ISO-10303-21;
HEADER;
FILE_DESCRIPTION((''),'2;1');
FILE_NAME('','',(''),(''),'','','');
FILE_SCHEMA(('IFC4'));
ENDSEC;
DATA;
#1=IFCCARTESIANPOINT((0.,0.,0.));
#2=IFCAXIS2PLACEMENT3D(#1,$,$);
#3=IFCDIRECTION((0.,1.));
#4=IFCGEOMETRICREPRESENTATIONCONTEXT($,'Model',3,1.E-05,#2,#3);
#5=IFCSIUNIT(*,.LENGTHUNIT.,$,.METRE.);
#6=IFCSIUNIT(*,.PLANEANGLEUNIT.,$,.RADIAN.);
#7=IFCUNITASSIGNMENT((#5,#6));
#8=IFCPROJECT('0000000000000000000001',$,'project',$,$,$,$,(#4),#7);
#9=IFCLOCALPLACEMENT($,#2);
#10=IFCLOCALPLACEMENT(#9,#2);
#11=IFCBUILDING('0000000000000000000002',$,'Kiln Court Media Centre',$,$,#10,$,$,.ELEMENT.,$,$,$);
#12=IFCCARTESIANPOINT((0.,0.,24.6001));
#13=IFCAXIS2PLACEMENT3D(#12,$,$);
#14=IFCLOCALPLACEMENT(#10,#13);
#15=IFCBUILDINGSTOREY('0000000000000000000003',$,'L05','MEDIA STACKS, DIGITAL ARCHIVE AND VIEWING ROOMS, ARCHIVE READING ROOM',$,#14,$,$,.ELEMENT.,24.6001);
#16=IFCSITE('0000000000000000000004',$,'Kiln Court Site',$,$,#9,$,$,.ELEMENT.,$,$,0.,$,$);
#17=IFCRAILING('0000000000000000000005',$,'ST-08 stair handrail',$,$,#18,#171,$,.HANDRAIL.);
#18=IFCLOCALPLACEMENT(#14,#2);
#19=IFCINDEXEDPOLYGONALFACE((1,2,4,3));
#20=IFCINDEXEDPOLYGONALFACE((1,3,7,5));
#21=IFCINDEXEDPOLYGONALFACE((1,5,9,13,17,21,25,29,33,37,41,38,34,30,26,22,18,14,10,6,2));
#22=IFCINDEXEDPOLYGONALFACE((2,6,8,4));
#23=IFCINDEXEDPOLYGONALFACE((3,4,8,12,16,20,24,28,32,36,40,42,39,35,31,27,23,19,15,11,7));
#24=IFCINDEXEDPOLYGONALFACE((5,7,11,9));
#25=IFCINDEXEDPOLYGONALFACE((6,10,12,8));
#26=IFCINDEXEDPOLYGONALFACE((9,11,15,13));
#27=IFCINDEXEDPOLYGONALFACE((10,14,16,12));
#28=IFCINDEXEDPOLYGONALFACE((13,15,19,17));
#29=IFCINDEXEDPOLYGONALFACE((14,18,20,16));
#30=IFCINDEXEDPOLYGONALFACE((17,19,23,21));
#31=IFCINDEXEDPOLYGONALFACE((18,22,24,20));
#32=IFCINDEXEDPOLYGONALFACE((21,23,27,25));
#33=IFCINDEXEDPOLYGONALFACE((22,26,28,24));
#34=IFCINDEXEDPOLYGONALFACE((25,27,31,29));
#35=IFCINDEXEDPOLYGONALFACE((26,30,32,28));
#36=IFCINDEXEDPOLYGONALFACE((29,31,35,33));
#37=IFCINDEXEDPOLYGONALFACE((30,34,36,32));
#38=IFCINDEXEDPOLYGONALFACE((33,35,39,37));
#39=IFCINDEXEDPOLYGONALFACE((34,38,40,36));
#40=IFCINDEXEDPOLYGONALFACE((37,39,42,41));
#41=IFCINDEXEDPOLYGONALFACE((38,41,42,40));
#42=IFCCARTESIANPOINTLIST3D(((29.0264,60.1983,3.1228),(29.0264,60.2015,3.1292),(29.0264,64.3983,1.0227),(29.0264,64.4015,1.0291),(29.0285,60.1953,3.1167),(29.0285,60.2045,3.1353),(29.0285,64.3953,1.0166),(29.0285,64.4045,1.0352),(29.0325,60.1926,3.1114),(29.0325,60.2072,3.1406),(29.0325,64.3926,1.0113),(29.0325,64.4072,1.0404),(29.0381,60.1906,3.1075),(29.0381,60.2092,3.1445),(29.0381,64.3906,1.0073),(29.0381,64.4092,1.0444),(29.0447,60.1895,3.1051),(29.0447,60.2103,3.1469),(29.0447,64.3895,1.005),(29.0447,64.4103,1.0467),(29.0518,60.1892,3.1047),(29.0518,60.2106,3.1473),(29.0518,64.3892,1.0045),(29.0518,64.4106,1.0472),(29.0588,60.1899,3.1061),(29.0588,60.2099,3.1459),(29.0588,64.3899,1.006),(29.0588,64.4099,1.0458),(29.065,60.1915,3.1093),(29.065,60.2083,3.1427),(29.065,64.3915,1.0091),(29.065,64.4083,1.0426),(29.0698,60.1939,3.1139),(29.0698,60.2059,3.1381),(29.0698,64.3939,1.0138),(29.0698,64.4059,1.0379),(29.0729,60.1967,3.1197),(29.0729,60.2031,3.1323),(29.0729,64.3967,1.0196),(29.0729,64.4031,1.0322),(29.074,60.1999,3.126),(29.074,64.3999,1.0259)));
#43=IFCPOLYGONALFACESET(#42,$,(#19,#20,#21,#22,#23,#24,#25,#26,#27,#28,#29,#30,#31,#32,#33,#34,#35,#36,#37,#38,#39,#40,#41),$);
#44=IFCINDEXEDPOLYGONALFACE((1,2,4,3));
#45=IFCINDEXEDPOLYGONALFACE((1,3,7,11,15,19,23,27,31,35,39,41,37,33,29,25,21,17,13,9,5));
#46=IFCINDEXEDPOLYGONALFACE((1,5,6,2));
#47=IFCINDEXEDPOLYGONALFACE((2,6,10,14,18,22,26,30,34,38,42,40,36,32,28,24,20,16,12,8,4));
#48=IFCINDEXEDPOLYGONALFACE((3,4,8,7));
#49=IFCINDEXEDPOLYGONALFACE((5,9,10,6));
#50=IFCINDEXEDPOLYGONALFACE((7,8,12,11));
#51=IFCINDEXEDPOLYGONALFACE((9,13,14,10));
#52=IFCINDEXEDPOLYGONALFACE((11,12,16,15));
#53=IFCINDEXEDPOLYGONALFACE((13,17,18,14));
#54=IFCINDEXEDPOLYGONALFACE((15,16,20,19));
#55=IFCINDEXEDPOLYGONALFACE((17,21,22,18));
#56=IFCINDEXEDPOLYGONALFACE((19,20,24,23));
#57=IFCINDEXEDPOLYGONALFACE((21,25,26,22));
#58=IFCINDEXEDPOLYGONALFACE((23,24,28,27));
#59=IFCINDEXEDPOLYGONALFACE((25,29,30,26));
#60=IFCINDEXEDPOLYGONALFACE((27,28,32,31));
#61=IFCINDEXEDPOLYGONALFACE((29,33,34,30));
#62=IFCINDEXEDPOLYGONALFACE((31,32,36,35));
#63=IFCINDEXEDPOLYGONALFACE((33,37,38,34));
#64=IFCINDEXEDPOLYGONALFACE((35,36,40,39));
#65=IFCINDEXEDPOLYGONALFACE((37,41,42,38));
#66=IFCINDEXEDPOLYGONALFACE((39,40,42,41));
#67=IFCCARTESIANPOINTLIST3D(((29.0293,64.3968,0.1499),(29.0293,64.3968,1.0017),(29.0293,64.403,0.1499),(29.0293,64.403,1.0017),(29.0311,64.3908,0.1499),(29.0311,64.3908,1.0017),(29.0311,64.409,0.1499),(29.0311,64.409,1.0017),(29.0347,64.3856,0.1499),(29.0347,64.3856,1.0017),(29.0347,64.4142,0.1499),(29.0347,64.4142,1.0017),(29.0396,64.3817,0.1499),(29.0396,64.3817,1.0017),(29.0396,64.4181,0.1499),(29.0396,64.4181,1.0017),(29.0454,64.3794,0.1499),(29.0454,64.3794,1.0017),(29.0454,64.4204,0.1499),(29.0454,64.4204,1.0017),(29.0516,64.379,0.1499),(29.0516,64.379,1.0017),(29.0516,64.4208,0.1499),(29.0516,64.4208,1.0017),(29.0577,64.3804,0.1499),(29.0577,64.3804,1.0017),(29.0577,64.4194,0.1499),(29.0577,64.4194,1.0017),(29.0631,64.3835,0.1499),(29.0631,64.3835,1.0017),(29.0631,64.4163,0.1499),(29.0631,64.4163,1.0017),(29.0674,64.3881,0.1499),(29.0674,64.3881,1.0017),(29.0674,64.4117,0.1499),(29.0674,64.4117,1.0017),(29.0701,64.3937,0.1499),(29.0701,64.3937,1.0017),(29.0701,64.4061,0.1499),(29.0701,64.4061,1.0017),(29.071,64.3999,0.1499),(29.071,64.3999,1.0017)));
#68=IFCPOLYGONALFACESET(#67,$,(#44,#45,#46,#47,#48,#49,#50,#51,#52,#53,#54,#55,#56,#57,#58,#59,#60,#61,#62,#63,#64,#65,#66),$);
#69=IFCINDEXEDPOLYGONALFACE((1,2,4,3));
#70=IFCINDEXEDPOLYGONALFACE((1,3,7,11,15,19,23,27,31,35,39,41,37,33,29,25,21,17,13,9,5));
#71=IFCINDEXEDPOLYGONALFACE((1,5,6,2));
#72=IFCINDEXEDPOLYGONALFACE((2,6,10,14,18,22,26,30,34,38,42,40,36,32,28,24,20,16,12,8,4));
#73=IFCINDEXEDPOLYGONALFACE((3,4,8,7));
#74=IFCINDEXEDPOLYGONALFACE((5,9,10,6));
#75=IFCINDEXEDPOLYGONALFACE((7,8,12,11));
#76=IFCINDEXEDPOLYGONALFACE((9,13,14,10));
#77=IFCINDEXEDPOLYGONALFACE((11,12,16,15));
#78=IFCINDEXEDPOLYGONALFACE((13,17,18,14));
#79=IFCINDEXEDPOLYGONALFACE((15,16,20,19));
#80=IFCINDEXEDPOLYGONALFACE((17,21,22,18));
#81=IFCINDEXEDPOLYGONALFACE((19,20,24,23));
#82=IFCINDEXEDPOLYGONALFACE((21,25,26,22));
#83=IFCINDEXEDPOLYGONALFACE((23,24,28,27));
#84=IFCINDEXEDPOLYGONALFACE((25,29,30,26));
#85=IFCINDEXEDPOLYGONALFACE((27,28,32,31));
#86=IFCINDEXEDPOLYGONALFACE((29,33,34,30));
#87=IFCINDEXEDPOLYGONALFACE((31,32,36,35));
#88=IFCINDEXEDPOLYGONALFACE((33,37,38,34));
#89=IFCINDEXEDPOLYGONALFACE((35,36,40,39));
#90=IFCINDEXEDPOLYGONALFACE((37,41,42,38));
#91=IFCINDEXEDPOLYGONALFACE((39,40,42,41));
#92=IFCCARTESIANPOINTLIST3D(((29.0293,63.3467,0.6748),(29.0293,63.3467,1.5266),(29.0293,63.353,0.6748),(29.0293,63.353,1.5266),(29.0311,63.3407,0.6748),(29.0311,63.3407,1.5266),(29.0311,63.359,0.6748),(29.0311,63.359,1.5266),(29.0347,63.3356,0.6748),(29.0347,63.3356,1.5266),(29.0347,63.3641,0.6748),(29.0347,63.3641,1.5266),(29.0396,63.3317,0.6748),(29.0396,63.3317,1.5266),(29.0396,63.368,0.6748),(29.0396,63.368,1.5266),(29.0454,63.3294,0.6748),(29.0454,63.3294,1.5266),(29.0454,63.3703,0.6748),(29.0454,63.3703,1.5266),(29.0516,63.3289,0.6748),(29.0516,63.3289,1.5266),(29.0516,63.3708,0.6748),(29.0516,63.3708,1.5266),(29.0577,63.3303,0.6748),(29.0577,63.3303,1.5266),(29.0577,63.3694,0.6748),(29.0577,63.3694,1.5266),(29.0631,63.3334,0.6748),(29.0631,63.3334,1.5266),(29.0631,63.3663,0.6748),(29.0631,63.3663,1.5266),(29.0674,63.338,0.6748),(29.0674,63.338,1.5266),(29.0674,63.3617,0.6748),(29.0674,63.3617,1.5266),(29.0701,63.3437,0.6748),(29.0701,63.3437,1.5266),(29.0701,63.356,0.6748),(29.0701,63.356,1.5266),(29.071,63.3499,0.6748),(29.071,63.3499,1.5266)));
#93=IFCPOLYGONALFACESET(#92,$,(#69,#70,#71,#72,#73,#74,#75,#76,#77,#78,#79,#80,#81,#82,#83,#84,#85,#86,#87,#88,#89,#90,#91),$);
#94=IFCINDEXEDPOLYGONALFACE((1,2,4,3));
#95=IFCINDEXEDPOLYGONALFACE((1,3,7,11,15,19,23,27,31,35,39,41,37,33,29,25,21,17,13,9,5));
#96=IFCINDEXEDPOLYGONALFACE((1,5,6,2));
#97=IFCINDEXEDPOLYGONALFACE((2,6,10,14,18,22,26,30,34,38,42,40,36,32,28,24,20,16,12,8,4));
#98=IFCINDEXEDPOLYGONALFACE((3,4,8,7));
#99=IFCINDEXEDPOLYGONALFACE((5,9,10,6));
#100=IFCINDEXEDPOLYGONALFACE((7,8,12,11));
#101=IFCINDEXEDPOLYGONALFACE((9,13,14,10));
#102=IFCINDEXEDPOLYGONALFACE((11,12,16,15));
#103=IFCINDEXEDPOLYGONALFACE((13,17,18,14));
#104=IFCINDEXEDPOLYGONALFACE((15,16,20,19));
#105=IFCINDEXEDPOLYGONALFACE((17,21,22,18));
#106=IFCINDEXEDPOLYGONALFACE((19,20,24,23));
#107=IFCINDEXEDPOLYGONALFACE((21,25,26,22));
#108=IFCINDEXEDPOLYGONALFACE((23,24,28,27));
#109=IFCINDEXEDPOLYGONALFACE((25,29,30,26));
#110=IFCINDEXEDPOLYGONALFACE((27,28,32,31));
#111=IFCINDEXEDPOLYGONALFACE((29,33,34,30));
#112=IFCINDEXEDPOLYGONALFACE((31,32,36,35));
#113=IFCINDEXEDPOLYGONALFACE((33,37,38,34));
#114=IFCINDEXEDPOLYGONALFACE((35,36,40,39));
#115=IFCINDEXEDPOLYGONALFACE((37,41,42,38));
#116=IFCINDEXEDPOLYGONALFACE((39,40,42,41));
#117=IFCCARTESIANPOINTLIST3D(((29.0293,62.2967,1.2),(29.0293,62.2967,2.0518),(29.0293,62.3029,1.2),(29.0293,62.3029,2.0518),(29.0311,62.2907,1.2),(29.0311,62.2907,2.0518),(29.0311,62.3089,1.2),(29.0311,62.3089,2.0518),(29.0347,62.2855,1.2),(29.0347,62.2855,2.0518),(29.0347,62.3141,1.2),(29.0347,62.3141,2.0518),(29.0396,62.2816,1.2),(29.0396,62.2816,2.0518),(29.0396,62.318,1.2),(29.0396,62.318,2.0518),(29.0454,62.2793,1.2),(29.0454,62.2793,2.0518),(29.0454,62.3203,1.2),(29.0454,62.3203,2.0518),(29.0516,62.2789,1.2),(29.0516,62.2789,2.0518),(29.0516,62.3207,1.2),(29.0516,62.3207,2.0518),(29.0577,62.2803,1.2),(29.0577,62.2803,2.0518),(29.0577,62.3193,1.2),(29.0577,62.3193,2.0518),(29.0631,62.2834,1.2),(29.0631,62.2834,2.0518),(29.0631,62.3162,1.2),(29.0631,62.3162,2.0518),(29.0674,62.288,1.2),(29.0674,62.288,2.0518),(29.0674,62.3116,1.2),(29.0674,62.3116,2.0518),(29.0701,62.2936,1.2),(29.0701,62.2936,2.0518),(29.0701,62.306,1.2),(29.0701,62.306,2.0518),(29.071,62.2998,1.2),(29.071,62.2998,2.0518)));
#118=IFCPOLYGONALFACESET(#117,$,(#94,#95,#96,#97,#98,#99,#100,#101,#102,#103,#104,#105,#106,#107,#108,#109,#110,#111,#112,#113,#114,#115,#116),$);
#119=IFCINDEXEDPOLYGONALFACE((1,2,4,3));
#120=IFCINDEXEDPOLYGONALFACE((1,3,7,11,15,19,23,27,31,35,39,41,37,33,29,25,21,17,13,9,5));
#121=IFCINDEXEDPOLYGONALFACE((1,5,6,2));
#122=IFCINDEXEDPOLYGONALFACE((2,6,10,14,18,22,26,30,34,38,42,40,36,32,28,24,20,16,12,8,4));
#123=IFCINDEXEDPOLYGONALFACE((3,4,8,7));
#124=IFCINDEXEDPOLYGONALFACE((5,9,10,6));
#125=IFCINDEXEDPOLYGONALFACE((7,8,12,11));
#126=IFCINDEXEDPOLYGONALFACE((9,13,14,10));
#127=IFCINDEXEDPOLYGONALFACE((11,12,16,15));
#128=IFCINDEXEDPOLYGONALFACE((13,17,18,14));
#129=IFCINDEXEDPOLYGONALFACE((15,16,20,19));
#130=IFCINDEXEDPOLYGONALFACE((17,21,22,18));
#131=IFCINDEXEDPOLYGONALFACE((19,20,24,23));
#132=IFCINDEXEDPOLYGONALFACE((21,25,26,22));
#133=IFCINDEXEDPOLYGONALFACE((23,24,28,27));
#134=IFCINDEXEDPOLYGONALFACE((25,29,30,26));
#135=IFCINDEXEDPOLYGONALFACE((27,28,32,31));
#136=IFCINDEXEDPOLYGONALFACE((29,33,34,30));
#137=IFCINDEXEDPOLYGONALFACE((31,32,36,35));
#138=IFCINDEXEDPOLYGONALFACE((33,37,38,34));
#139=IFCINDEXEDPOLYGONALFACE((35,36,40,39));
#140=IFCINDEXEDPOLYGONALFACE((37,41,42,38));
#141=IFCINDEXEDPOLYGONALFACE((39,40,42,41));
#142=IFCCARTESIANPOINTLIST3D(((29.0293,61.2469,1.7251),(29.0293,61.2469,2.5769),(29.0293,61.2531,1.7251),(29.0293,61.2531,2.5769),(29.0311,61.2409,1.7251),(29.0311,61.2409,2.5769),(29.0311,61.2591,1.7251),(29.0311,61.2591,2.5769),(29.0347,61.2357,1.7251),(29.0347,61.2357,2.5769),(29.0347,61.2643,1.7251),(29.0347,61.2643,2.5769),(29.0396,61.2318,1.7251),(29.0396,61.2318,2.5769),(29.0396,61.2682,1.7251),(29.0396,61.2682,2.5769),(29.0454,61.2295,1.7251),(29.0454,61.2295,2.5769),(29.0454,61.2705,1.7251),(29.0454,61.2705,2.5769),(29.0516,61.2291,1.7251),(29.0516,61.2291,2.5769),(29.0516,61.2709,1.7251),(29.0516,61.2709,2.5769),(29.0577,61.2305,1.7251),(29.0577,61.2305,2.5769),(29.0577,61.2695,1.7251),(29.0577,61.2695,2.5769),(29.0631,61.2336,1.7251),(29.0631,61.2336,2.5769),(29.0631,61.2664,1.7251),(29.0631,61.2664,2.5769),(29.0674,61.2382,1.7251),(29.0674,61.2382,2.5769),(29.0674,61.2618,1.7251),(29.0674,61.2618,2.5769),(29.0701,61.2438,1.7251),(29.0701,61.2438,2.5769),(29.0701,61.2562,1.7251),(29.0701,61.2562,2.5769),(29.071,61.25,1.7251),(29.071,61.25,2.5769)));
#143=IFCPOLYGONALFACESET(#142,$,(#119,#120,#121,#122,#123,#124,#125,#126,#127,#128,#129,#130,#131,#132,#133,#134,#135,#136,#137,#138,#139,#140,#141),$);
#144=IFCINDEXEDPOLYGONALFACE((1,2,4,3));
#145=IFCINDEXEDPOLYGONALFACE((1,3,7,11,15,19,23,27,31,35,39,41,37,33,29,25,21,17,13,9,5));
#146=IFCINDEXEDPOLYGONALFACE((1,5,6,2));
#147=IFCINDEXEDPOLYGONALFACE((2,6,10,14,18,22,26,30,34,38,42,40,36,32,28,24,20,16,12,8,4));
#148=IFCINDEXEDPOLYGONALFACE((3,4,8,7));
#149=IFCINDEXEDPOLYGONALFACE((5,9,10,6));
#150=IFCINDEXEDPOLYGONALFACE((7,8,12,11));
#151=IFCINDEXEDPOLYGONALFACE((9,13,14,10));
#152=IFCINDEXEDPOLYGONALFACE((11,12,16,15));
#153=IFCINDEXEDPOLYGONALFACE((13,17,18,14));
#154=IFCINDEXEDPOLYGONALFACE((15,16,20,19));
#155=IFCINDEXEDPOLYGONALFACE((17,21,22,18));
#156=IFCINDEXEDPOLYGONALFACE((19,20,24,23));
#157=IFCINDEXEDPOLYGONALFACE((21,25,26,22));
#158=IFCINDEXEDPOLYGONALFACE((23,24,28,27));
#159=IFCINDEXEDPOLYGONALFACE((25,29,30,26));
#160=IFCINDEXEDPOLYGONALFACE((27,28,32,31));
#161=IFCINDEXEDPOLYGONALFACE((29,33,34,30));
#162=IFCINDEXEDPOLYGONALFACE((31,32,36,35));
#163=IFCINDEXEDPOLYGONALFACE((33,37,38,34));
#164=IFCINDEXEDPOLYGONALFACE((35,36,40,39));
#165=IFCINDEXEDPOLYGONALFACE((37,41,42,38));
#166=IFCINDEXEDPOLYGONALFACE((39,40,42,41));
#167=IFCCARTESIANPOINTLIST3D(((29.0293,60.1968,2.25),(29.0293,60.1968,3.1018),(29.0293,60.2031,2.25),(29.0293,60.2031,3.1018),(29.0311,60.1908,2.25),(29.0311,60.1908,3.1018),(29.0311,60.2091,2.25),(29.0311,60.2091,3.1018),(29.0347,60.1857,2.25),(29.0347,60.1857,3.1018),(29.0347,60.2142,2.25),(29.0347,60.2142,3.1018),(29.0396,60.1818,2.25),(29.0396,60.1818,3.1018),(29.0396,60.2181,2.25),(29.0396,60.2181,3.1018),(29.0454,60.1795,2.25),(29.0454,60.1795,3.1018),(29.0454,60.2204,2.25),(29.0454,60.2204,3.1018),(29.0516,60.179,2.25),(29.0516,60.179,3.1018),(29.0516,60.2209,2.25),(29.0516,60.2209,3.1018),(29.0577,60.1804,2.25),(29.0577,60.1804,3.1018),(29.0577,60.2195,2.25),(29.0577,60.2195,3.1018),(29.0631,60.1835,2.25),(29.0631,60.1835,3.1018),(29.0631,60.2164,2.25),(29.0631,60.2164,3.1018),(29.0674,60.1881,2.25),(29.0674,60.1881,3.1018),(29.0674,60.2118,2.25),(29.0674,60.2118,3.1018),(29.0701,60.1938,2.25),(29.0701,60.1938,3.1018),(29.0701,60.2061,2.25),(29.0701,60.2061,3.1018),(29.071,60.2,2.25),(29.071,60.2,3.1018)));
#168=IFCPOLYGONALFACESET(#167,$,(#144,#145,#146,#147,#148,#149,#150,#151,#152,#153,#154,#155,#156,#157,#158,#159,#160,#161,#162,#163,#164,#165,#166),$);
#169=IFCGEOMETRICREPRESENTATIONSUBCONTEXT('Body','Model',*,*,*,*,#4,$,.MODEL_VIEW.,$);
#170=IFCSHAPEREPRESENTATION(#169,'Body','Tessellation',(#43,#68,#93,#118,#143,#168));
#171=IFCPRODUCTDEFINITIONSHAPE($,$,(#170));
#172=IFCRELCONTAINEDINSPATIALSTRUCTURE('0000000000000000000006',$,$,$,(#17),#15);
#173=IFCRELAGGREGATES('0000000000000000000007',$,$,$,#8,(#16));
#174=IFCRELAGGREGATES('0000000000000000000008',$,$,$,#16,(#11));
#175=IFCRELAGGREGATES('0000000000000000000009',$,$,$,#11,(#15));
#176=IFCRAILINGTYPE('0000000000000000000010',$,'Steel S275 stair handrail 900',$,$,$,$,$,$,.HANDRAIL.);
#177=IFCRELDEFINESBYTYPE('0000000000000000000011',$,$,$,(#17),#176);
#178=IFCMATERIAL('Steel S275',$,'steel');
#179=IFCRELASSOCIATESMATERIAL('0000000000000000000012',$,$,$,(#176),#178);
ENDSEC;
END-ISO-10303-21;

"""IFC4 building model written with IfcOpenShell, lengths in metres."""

from ifc_helpers import new_model, si_unit, direction, frame, origin, origin_2d, place, context, subcontext, project, spatial, circle, extrude, material, type_object, element, save


model = new_model("IFC4")

# Units and contexts
model_context = context("Model", 3, precision=1e-05, world=origin(), true_north=direction((0.0, 1.0)))
body_context = subcontext(model_context, "Body", "Model", "MODEL_VIEW")
ifc_project = project(units=[si_unit("LENGTHUNIT", "METRE"), si_unit("PLANEANGLEUNIT", "RADIAN")], contexts=[model_context])

# Site, building, storey
site_placement = place(None, origin())
site = spatial("IfcSite", under=ifc_project, at=site_placement, Name="Kiln Court Site", CompositionType="ELEMENT", RefElevation=0.0)
building_placement = place(site_placement, origin())
building = spatial("IfcBuilding", under=site, at=building_placement, Name="Kiln Court Media Centre", CompositionType="ELEMENT")
storey_placement = place(building_placement, frame((0.0, 0.0, 24.6001)))
storey = spatial("IfcBuildingStorey", under=building, at=storey_placement, Name="L05", Description="MEDIA STACKS, DIGITAL ARCHIVE AND VIEWING ROOMS, ARCHIVE READING ROOM", CompositionType="ELEMENT", Elevation=24.6001)

# Railing
ifc_material_1 = material(Name="Steel S275", Category="steel")
railing_type_1 = type_object("IfcRailingType", Name="Steel S275 stair handrail 900", PredefinedType="HANDRAIL", material=ifc_material_1)
railing_1_placement = place(storey_placement, frame((29.05, 64.3999, 0.1499)))
element("IfcRailing", 1, at=railing_1_placement, inside=storey, type_object=railing_type_1, Name="ST-08 stair handrail", PredefinedType="HANDRAIL", context=body_context, shape_type="SweptSolid", body=[
    extrude(circle(Radius=0.0239, at=origin_2d()), frame((0.0, 0.0, 0.876), z_axis=(0.0, -0.894417, 0.447234), x_axis=(1.0, 0.0, 0.0)), (0.0, 0.0, 1.0), 4.6958),
    extrude(circle(Radius=0.021, at=origin_2d()), origin(), (0.0, 0.0, 1.0), 0.8518),
    extrude(circle(Radius=0.021, at=origin_2d()), frame((0.0, -1.05, 0.5249)), (0.0, 0.0, 1.0), 0.8518),
    extrude(circle(Radius=0.021, at=origin_2d()), frame((0.0, -2.1001, 1.05)), (0.0, 0.0, 1.0), 0.8518),
    extrude(circle(Radius=0.021, at=origin_2d()), frame((0.0, -3.1499, 1.5752)), (0.0, 0.0, 1.0), 0.8518),
    extrude(circle(Radius=0.021, at=origin_2d()), frame((0.0, -4.2, 2.1001)), (0.0, 0.0, 1.0), 0.8518),
])

save(model, "model.ifc")
